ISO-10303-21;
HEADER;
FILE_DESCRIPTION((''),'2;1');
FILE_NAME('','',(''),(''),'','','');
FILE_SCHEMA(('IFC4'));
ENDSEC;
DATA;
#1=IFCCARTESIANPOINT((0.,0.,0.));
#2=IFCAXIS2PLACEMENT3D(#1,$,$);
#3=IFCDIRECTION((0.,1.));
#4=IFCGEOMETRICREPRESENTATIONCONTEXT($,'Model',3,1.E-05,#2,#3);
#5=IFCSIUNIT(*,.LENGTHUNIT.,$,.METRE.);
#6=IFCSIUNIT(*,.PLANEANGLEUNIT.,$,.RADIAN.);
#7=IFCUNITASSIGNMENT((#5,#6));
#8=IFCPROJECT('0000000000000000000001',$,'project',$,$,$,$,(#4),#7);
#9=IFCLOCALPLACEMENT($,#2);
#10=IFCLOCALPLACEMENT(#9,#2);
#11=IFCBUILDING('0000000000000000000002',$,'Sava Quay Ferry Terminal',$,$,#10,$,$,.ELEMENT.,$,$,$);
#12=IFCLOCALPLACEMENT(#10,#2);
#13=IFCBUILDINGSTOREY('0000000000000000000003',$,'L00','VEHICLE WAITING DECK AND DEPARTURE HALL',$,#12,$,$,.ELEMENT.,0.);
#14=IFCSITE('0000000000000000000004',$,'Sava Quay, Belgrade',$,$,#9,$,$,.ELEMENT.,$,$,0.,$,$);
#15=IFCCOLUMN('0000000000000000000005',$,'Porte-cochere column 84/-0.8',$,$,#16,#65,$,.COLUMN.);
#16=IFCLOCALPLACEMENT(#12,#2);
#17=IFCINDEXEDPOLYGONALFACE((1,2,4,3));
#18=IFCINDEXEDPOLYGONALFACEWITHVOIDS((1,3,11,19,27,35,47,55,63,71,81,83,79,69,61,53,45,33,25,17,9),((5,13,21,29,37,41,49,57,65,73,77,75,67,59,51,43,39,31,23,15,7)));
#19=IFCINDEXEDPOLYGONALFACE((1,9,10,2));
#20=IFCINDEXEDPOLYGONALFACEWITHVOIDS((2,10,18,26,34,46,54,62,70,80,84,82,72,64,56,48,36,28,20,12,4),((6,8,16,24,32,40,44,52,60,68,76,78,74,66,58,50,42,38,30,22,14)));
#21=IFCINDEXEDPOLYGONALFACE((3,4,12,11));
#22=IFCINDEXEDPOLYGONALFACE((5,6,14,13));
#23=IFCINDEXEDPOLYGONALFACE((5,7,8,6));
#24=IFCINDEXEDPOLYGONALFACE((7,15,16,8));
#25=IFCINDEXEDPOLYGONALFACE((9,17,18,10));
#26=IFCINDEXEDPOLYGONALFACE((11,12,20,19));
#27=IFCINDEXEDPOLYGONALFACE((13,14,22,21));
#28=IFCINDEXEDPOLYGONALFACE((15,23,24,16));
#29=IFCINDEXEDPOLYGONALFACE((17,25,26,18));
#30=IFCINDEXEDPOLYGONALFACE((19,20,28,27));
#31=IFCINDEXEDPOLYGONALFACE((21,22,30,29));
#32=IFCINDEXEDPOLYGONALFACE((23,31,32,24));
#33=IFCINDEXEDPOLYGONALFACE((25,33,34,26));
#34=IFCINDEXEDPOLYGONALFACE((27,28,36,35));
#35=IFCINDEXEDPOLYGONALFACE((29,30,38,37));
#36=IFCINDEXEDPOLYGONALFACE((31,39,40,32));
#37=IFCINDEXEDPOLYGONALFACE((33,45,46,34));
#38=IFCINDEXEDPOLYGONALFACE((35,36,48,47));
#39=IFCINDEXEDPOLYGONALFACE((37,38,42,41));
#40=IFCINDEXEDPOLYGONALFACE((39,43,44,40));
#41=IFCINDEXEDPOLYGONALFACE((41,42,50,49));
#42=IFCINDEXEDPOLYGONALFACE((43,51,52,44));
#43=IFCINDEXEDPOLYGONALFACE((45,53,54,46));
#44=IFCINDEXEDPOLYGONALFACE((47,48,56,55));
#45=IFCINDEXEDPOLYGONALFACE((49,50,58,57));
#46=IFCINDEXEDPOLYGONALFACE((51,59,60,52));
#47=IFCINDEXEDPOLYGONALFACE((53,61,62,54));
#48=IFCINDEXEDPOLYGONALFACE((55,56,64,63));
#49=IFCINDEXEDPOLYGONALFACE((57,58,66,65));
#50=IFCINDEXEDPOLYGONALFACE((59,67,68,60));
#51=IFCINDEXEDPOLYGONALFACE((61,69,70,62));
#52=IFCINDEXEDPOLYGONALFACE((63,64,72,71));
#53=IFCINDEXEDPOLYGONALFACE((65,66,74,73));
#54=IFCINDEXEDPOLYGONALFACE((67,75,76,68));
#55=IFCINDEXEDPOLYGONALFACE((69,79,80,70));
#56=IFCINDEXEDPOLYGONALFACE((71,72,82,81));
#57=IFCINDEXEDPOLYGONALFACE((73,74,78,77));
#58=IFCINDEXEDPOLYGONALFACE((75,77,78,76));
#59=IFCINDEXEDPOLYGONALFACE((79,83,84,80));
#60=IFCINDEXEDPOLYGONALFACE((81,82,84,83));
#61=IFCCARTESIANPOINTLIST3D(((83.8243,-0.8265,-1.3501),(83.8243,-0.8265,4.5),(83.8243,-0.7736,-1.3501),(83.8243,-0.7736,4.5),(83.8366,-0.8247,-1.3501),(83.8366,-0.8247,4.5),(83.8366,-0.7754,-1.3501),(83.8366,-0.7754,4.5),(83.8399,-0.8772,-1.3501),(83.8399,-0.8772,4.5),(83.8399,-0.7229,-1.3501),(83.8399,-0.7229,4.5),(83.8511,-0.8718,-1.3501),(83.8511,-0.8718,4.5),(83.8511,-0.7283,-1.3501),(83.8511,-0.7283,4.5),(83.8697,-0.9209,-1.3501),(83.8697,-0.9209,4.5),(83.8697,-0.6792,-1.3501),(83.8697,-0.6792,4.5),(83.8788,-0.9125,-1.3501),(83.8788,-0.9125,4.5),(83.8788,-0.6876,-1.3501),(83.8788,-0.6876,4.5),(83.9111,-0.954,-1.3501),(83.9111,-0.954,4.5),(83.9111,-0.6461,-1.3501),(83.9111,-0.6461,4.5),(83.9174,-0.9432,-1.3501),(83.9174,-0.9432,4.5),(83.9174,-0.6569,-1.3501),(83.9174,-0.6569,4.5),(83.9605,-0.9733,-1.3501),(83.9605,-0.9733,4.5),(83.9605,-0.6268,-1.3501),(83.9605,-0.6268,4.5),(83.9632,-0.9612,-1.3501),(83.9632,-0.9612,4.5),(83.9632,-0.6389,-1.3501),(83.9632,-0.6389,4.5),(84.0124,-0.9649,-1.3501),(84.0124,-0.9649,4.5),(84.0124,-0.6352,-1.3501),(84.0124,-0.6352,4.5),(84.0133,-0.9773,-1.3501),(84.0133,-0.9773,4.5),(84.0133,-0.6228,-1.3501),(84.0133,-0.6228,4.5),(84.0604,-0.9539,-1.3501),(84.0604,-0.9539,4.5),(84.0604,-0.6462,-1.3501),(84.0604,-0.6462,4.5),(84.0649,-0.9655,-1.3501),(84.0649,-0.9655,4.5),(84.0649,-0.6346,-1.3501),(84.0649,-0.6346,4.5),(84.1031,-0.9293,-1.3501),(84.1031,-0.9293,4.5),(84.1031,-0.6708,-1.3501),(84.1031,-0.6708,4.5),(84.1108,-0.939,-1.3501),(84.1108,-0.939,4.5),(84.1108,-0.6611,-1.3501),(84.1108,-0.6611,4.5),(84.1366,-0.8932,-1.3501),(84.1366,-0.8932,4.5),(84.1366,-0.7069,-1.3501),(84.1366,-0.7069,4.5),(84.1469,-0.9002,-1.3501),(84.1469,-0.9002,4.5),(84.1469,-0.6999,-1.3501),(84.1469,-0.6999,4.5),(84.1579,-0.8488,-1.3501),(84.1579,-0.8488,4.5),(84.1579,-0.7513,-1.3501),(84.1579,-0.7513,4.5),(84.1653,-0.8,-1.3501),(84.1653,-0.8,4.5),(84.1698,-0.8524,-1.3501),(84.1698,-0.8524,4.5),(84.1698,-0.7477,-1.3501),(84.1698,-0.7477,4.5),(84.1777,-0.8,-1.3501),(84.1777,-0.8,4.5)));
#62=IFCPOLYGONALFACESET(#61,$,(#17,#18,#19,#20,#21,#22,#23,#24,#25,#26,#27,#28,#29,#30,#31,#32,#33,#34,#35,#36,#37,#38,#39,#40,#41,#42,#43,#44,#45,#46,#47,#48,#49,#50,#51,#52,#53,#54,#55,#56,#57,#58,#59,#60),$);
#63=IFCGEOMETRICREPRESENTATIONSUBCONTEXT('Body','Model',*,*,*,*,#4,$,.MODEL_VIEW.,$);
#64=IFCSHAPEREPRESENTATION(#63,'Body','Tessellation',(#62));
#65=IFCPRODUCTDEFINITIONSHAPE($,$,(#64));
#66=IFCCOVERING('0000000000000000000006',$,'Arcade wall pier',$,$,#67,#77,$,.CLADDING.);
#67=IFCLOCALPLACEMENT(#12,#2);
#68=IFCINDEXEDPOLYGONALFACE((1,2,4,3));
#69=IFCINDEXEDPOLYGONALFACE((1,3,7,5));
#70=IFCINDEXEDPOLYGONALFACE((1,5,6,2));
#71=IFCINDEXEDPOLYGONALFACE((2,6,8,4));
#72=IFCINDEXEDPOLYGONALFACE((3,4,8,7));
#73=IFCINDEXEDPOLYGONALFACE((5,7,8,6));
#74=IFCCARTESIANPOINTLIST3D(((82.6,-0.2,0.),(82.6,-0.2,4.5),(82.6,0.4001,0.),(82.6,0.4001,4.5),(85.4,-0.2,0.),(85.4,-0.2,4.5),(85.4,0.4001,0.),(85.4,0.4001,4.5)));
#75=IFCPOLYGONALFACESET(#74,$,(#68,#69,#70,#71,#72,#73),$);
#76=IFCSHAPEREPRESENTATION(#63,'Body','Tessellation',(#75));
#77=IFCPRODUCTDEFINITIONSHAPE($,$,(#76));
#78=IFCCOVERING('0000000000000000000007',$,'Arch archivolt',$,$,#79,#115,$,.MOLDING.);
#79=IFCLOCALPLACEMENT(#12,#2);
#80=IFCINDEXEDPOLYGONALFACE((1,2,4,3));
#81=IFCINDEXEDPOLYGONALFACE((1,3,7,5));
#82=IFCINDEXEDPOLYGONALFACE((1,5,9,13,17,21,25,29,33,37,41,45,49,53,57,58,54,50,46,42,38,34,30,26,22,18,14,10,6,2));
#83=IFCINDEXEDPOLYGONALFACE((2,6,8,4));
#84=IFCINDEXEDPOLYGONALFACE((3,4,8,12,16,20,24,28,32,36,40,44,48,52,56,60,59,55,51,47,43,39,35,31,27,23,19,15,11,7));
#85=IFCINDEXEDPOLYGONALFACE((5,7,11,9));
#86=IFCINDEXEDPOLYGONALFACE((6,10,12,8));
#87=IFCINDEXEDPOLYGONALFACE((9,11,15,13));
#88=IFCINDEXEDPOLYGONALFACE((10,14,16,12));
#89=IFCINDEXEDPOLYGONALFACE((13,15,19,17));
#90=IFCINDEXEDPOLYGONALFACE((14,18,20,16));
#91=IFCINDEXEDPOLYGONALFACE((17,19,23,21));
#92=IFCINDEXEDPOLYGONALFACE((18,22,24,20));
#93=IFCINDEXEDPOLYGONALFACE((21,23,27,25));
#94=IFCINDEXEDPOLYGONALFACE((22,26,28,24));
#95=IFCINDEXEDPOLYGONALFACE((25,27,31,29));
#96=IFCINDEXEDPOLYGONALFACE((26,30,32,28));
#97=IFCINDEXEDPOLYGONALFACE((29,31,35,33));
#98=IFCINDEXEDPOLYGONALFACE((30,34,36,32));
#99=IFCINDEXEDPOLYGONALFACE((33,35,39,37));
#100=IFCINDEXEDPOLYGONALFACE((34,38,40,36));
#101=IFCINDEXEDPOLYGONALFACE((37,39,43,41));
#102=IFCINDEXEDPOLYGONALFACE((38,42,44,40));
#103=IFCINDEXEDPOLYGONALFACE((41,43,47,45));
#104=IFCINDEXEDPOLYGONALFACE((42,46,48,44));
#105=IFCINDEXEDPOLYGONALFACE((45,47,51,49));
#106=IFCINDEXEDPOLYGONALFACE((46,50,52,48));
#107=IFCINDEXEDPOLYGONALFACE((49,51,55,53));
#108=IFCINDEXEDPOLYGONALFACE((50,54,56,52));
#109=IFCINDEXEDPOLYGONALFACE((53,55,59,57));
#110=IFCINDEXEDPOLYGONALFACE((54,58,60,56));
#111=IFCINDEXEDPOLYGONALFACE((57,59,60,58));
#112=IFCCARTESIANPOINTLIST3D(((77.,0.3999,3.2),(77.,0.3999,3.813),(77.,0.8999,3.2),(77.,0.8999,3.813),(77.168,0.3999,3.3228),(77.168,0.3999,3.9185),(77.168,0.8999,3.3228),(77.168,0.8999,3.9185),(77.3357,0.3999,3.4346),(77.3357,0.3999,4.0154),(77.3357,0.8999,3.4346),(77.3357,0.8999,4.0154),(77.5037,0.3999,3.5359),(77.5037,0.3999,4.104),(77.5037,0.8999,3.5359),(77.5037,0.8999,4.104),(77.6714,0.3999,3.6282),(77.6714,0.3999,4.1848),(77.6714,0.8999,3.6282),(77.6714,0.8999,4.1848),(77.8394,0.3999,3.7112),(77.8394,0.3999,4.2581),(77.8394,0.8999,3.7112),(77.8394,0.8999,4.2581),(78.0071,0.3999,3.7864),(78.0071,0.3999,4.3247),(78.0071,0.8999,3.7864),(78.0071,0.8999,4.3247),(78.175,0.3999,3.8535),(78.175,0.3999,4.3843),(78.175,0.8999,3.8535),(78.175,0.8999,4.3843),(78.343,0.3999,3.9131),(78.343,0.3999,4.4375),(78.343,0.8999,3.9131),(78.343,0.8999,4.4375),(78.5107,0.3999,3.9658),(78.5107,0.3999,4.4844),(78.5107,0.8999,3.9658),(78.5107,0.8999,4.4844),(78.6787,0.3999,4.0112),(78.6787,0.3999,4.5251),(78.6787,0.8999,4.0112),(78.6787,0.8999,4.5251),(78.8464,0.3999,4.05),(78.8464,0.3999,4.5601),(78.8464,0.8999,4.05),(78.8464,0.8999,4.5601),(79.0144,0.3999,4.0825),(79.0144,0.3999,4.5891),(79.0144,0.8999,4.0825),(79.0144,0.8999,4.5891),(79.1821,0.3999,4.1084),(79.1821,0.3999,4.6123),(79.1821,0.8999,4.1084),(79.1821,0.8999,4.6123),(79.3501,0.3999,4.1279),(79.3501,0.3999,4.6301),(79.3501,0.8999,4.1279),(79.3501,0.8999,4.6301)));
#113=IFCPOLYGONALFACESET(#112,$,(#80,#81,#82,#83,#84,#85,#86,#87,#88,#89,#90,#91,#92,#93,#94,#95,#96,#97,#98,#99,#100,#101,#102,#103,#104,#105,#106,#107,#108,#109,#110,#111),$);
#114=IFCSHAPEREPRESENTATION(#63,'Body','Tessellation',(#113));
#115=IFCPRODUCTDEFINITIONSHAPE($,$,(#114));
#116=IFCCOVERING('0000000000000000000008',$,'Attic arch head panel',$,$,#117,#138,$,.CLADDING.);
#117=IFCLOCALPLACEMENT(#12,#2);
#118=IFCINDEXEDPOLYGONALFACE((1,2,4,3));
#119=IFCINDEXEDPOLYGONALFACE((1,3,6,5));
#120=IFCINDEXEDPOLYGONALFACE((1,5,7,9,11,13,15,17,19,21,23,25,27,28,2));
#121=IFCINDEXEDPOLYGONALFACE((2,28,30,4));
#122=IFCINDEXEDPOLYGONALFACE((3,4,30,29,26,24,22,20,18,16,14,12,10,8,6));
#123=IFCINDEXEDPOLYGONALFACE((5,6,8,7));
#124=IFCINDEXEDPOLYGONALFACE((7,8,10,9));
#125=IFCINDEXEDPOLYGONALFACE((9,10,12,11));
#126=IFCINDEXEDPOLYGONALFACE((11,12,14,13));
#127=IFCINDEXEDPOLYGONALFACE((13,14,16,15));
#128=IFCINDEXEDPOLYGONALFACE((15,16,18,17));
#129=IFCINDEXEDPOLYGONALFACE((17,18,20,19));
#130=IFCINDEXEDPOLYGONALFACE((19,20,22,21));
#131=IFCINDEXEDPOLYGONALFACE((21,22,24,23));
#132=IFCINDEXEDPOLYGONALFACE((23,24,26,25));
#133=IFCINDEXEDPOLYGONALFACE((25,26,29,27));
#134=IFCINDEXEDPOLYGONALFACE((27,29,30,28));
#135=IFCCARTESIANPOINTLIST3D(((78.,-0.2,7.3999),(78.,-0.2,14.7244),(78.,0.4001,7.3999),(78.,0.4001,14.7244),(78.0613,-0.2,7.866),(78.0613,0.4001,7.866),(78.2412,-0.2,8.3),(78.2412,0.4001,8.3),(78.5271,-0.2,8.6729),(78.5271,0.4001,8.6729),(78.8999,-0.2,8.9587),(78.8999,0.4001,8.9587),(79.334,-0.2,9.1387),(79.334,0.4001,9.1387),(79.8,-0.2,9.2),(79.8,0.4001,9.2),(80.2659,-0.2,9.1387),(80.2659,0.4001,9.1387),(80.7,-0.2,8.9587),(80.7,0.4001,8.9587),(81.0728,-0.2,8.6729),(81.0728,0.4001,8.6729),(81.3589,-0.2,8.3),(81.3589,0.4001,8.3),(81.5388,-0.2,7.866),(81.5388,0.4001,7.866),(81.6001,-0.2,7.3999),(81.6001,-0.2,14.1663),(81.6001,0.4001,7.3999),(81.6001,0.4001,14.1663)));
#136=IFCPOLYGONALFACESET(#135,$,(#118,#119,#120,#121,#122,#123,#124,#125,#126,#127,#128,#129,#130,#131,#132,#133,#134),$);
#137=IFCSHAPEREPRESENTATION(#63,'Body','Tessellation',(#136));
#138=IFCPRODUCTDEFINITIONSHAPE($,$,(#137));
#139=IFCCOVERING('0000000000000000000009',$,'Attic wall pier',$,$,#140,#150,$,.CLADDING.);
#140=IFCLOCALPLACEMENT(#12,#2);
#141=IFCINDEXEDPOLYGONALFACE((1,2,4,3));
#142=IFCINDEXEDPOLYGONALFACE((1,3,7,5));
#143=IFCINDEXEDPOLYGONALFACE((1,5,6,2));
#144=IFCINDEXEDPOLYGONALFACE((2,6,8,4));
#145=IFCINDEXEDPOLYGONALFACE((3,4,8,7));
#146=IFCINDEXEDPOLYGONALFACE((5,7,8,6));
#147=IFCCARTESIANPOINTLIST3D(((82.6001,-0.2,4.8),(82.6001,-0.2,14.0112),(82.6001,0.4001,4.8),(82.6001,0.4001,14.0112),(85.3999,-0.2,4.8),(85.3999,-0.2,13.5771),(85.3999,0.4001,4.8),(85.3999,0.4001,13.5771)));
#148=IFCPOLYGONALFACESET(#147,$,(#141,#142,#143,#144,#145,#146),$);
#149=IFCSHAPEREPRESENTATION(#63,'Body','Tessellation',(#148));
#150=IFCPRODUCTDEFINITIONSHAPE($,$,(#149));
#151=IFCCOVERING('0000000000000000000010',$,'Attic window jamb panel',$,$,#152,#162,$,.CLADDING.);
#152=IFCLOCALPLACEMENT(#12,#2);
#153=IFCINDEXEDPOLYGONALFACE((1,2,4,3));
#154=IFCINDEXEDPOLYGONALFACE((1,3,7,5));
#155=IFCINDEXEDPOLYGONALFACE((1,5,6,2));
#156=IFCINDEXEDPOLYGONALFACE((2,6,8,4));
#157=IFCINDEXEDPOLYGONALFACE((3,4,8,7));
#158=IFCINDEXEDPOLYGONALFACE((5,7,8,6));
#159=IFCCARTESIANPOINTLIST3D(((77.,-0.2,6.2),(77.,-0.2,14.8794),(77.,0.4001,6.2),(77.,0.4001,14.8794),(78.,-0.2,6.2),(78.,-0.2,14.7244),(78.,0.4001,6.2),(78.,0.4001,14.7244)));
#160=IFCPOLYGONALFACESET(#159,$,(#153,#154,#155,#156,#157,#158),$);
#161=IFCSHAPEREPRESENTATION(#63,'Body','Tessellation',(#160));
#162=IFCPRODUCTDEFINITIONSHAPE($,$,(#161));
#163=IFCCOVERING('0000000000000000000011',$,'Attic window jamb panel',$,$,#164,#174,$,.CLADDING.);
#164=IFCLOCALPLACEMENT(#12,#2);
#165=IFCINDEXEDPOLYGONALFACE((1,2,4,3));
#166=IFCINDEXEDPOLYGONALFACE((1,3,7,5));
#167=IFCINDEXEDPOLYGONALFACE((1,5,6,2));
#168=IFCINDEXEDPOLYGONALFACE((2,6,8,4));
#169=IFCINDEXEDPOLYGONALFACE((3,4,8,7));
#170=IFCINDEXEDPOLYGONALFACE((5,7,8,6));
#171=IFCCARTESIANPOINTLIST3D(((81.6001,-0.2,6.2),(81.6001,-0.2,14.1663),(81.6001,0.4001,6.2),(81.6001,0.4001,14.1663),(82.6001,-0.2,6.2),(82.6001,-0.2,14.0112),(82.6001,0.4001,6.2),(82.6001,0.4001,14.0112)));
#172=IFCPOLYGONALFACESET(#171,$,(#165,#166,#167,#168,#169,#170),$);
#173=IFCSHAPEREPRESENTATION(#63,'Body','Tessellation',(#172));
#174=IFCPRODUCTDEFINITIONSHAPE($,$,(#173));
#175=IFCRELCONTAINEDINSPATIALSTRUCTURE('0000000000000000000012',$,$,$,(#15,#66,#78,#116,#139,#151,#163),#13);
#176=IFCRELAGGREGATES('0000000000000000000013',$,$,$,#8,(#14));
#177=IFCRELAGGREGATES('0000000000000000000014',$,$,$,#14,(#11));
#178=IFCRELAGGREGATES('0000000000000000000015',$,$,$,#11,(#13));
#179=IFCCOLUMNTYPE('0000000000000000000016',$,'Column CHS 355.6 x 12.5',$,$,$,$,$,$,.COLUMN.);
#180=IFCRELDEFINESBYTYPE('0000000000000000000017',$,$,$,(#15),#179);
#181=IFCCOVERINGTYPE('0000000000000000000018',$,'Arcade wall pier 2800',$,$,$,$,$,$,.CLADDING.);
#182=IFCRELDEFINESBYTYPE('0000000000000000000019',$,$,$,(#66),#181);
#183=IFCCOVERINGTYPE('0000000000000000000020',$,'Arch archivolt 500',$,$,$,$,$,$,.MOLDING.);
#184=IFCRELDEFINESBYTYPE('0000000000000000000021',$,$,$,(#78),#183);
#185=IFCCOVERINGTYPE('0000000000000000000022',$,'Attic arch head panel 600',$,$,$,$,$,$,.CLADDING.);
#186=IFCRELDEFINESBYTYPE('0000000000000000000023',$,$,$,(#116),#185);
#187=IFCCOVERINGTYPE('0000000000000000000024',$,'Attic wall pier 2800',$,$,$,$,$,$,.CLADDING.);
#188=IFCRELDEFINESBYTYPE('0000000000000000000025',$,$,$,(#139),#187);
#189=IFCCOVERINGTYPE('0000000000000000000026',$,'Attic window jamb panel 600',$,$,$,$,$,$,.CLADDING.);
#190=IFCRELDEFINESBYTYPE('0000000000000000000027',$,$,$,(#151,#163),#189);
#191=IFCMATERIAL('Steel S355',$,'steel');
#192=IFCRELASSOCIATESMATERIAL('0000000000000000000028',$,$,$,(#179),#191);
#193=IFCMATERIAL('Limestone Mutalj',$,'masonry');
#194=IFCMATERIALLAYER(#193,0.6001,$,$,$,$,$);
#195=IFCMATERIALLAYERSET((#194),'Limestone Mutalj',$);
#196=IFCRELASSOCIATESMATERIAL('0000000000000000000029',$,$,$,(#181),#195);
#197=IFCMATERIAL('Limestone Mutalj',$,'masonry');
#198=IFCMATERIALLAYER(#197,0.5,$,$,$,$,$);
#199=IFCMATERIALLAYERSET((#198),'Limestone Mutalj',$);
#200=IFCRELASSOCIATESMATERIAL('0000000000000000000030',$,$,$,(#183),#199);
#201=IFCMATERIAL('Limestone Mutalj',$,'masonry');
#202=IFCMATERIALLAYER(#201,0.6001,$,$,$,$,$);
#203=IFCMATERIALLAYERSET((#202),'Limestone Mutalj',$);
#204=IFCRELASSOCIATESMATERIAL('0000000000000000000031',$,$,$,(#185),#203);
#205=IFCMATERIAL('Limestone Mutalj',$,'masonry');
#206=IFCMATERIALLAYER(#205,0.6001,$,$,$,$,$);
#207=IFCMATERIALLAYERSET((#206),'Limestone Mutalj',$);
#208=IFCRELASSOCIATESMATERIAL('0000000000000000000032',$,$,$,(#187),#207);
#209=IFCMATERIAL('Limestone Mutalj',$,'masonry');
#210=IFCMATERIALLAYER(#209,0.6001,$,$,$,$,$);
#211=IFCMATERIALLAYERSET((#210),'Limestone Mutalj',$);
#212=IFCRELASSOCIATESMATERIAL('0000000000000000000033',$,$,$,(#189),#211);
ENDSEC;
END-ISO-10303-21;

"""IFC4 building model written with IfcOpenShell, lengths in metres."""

from ifc_helpers import new_model, si_unit, direction, frame, origin, origin_2d, place, context, subcontext, project, spatial, polyline, rectangle, hollow_circle, outline, extrude, material, layer, layer_set, material_profile, profile_set, type_object, element, save


model = new_model("IFC4")

# Units and contexts
model_context = context("Model", 3, precision=1e-05, world=origin(), true_north=direction((0.0, 1.0)))
body_context = subcontext(model_context, "Body", "Model", "MODEL_VIEW")
ifc_project = project(units=[si_unit("LENGTHUNIT", "METRE"), si_unit("PLANEANGLEUNIT", "RADIAN")], contexts=[model_context])

# Site, building, storey
site_placement = place(None, origin())
site = spatial("IfcSite", under=ifc_project, at=site_placement, Name="Sava Quay, Belgrade", CompositionType="ELEMENT", RefElevation=0.0)
building_placement = place(site_placement, origin())
building = spatial("IfcBuilding", under=site, at=building_placement, Name="Sava Quay Ferry Terminal", CompositionType="ELEMENT")
storey_placement = place(building_placement, origin())
storey = spatial("IfcBuildingStorey", under=building, at=storey_placement, Name="L00", Description="VEHICLE WAITING DECK AND DEPARTURE HALL", CompositionType="ELEMENT", Elevation=0.0)

# Column
ifc_material_1 = material(Name="Steel S355", Category="steel")
ifc_material_profile_1 = material_profile(ifc_material_1, hollow_circle(Radius=0.1777, WallThickness=0.0125, at=origin_2d()), Name="CHS 355.6 x 12.5")
ifc_profile_set_1 = profile_set([ifc_material_profile_1], Name="Steel S355")
column_type = type_object("IfcColumnType", Name="Column CHS 355.6 x 12.5", PredefinedType="COLUMN", material=ifc_profile_set_1)
for number, where, z_axis, x_axis, name in (
    (1, (84.0, -0.8, -1.3501), (0.0, 0.0, 1.0), (1.0, 0.0, 0.0), "Porte-cochere column 84/-0.8"),
):
    element("IfcColumn", number, at=place(storey_placement, frame(where, z_axis=z_axis, x_axis=x_axis)), inside=storey, type_object=column_type, Name=name, PredefinedType="COLUMN", context=body_context, shape_type="SweptSolid", body=[
        extrude(hollow_circle(Radius=0.1777, WallThickness=0.0125, at=origin_2d()), origin(), (0.0, 0.0, 1.0), 5.8501),
    ])

# Coverings
ifc_material_2 = material(Name="Limestone Mutalj", Category="masonry")
ifc_layer_1 = layer(ifc_material_2, 0.6001)
ifc_layer_set_1 = layer_set([ifc_layer_1], Name="Limestone Mutalj")
covering_type_1 = type_object("IfcCoveringType", Name="Arcade wall pier 2800", PredefinedType="CLADDING", material=ifc_layer_set_1)
covering_1_placement = place(storey_placement, frame((84.0, 0.1001, 0.0), z_axis=(0.0, 0.0, 1.0), x_axis=(1.0, 0.0, 0.0)))
element("IfcCovering", 2, at=covering_1_placement, inside=storey, type_object=covering_type_1, Name="Arcade wall pier", PredefinedType="CLADDING", context=body_context, shape_type="SweptSolid", body=[
    extrude(rectangle(XDim=2.8, YDim=0.6001, at=origin_2d()), origin(), (0.0, 0.0, 1.0), 4.5),
])
ifc_material_3 = material(Name="Limestone Mutalj", Category="masonry")
ifc_layer_2 = layer(ifc_material_3, 0.5)
ifc_layer_set_2 = layer_set([ifc_layer_2], Name="Limestone Mutalj")
covering_type_2 = type_object("IfcCoveringType", Name="Arch archivolt 500", PredefinedType="MOLDING", material=ifc_layer_set_2)
covering_2_placement = place(storey_placement, frame((77.0, 0.3999, 3.2), z_axis=(0.0, -1.0, 0.0), x_axis=(0.807262, 0.0, 0.590193)))
element("IfcCovering", 3, at=covering_2_placement, inside=storey, type_object=covering_type_2, Name="Arch archivolt", PredefinedType="MOLDING", context=body_context, shape_type="SweptSolid", body=[
    extrude(outline(polyline([(0.0, 0.0), (0.2081, 0.0), (0.4095, -0.0087), (0.6049, -0.0261), (0.7947, -0.0506), (0.9793, -0.0827), (1.1591, -0.121), (1.3343, -0.1659), (1.5051, -0.217), (1.6716, -0.2734), (1.834, -0.3358), (1.9923, -0.4035), (2.147, -0.4764), (2.2977, -0.5545), (2.4448, -0.6379), (2.7412, -0.2325), (2.5951, -0.1477), (2.446, -0.0675), (2.2933, 0.0082), (2.1373, 0.079), (1.9776, 0.1452), (1.8146, 0.2064), (1.6476, 0.2626), (1.4768, 0.3136), (1.3021, 0.3588), (1.1232, 0.3988), (0.9402, 0.4325), (0.7523, 0.4601), (0.5597, 0.4809), (0.3618, 0.4949), (0.0, 0.0)])), origin(), (0.0, 0.0, -1.0), 0.5),
])
ifc_material_4 = material(Name="Limestone Mutalj", Category="masonry")
ifc_layer_3 = layer(ifc_material_4, 0.6001)
ifc_layer_set_3 = layer_set([ifc_layer_3], Name="Limestone Mutalj")
covering_type_3 = type_object("IfcCoveringType", Name="Attic arch head panel 600", PredefinedType="CLADDING", material=ifc_layer_set_3)
covering_3_placement = place(storey_placement, frame((78.0, -0.2, 7.3999), z_axis=(0.0, -1.0, 0.0), x_axis=(0.13036, 0.0, 0.991467)))
element("IfcCovering", 4, at=covering_3_placement, inside=storey, type_object=covering_type_3, Name="Attic arch head panel", PredefinedType="CLADDING", context=body_context, shape_type="SweptSolid", body=[
    extrude(outline(polyline([(0.0, 0.0), (0.4701, 0.0), (0.9239, -0.1218), (1.3308, -0.3567), (1.6628, -0.689), (1.8978, -1.0959), (2.0193, -1.55), (2.0193, -2.0199), (1.8975, -2.4737), (1.6627, -2.8806), (1.3303, -3.2129), (0.9234, -3.4479), (0.4693, -3.5694), (7.1779, -2.6873), (7.262, 0.9548), (0.0, 0.0)])), origin(), (0.0, 0.0, -1.0), 0.6001),
])
ifc_material_5 = material(Name="Limestone Mutalj", Category="masonry")
ifc_layer_4 = layer(ifc_material_5, 0.6001)
ifc_layer_set_4 = layer_set([ifc_layer_4], Name="Limestone Mutalj")
covering_type_4 = type_object("IfcCoveringType", Name="Attic wall pier 2800", PredefinedType="CLADDING", material=ifc_layer_set_4)
covering_4_placement = place(storey_placement, frame((82.6001, -0.2, 4.8), z_axis=(0.0, -1.0, 0.0), x_axis=(1.0, 0.0, 0.0)))
element("IfcCovering", 5, at=covering_4_placement, inside=storey, type_object=covering_type_4, Name="Attic wall pier", PredefinedType="CLADDING", context=body_context, shape_type="SweptSolid", body=[
    extrude(outline(polyline([(0.0, 0.0), (2.7998, 0.0), (2.7998, 8.7771), (0.0, 9.2112), (0.0, 0.0)])), origin(), (0.0, 0.0, -1.0), 0.6001),
])
ifc_material_6 = material(Name="Limestone Mutalj", Category="masonry")
ifc_layer_5 = layer(ifc_material_6, 0.6001)
ifc_layer_set_5 = layer_set([ifc_layer_5], Name="Limestone Mutalj")
covering_type_5 = type_object("IfcCoveringType", Name="Attic window jamb panel 600", PredefinedType="CLADDING", material=ifc_layer_set_5)
covering_5_placement = place(storey_placement, frame((77.0, -0.2, 6.2), z_axis=(0.0, -1.0, 0.0), x_axis=(1.0, 0.0, 0.0)))
element("IfcCovering", 6, at=covering_5_placement, inside=storey, type_object=covering_type_5, Name="Attic window jamb panel", PredefinedType="CLADDING", context=body_context, shape_type="SweptSolid", body=[
    extrude(outline(polyline([(0.0, 0.0), (1.0, 0.0), (1.0, 8.5244), (0.0, 8.6794), (0.0, 0.0)])), origin(), (0.0, 0.0, -1.0), 0.6001),
])
covering_6_placement = place(storey_placement, frame((81.6001, -0.2, 6.2), z_axis=(0.0, -1.0, 0.0), x_axis=(1.0, 0.0, 0.0)))
element("IfcCovering", 7, at=covering_6_placement, inside=storey, type_object=covering_type_5, Name="Attic window jamb panel", PredefinedType="CLADDING", context=body_context, shape_type="SweptSolid", body=[
    extrude(outline(polyline([(0.0, 0.0), (1.0, 0.0), (1.0, 7.8113), (0.0, 7.9663), (0.0, 0.0)])), origin(), (0.0, 0.0, -1.0), 0.6001),
])

save(model, "model.ifc")
